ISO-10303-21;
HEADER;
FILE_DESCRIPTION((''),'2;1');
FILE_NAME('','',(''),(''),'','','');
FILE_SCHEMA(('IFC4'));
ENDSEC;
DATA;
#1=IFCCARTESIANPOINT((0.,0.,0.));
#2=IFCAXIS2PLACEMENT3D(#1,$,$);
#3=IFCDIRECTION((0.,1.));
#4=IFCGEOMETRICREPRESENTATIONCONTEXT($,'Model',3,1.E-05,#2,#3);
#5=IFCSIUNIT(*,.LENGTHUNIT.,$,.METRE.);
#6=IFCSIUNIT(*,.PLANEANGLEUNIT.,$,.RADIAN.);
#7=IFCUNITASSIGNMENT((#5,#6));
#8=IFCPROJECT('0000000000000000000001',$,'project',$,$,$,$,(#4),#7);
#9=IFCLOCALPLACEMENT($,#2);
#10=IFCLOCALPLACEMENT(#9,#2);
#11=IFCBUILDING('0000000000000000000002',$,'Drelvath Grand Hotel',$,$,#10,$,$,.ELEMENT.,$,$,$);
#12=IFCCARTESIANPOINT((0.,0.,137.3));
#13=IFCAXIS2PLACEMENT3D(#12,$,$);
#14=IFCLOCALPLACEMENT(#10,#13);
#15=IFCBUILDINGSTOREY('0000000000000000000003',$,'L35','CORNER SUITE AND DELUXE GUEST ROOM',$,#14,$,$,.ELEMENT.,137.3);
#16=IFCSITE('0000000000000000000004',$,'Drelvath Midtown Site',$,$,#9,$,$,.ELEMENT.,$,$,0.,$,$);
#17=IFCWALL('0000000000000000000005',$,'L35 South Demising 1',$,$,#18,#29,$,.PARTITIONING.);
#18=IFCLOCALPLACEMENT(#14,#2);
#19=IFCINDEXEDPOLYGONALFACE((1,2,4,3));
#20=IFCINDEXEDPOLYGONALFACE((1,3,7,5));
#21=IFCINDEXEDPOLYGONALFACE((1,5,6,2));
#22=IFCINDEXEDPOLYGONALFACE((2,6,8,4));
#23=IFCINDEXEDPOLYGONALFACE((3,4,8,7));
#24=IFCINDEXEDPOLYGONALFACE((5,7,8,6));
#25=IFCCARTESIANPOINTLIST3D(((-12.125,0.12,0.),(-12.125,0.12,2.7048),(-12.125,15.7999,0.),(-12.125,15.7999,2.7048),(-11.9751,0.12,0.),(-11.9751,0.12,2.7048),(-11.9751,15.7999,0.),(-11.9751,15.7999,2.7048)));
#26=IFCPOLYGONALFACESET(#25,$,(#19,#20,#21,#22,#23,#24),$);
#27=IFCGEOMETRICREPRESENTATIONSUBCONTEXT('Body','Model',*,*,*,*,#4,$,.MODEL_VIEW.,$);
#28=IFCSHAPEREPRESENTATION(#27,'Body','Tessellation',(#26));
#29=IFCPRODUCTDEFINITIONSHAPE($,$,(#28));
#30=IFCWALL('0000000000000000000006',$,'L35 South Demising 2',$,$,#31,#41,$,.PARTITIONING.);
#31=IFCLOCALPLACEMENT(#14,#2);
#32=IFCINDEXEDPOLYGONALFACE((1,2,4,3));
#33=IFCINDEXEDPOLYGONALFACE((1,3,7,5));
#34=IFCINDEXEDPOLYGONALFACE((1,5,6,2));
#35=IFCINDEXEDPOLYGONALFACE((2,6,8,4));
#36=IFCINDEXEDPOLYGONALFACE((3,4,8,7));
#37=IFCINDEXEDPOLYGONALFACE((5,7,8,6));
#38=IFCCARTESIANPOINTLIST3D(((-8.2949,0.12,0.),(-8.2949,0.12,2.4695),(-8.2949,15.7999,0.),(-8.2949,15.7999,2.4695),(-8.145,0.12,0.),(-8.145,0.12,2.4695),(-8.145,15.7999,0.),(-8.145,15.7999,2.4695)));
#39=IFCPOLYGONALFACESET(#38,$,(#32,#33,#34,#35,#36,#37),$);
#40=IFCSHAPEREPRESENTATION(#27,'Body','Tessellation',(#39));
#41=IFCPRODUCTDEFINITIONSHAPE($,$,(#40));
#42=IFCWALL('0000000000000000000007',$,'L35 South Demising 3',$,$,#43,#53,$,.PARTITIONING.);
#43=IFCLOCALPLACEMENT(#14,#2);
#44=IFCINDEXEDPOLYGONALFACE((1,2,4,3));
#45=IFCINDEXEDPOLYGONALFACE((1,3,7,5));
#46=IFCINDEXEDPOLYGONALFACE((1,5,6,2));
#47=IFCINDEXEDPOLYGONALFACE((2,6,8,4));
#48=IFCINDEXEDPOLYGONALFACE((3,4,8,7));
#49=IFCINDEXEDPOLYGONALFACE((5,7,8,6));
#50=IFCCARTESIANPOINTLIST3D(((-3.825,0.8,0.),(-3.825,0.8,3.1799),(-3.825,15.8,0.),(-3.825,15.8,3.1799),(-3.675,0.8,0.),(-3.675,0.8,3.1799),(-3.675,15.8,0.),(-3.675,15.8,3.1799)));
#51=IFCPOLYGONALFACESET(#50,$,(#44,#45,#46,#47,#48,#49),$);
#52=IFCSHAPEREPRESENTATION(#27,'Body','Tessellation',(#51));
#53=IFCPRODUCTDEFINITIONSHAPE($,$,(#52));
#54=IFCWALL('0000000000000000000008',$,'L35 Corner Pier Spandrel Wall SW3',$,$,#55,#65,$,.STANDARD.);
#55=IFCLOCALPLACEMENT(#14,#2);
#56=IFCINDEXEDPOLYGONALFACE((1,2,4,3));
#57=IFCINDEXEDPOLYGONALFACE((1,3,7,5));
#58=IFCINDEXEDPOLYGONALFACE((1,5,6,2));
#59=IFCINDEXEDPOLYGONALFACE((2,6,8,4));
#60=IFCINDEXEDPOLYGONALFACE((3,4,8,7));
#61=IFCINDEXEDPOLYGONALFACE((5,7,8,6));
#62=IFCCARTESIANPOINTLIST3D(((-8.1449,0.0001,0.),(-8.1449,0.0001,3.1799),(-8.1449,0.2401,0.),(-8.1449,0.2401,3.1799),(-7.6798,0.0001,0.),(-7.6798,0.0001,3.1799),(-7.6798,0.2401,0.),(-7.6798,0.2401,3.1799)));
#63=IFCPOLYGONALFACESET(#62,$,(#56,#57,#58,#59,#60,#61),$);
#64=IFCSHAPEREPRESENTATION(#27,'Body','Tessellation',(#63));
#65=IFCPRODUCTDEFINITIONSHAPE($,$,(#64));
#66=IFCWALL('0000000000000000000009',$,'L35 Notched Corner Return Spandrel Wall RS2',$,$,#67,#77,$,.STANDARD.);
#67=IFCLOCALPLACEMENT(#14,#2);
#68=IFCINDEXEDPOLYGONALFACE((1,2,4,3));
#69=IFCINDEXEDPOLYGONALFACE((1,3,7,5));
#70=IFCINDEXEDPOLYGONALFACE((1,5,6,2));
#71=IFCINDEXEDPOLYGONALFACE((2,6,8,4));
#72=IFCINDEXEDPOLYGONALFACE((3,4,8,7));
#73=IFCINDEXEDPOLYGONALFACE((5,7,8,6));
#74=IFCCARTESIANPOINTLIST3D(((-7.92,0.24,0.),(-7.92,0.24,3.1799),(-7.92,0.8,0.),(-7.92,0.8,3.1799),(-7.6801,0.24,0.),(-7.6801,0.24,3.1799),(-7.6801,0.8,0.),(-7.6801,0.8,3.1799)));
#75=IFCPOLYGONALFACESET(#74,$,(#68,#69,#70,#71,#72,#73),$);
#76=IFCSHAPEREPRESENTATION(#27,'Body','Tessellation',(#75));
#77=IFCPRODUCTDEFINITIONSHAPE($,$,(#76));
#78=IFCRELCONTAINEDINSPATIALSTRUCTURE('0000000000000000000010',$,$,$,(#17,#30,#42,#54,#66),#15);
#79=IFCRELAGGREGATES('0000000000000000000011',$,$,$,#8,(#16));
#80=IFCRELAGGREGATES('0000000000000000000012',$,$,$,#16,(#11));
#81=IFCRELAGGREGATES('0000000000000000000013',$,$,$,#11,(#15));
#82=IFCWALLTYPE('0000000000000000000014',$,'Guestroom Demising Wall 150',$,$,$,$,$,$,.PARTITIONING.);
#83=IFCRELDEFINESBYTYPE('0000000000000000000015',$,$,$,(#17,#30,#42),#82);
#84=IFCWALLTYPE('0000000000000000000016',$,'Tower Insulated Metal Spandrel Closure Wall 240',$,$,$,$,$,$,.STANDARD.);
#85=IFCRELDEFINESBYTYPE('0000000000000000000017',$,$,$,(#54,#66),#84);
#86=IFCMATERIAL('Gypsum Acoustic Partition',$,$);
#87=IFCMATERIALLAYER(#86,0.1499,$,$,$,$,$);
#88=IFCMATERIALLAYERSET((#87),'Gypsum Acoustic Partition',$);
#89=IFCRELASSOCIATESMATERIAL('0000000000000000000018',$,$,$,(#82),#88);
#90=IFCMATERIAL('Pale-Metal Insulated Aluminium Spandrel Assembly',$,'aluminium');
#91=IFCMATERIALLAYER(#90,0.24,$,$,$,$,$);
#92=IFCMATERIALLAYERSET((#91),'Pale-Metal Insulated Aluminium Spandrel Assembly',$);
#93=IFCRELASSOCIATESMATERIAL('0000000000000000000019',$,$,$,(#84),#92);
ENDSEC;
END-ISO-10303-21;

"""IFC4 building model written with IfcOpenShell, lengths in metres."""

from ifc_helpers import new_model, si_unit, direction, frame, frame_2d, origin, place, context, subcontext, project, spatial, rectangle, extrude, material, layer, layer_set, type_object, element, save


model = new_model("IFC4")

# Units and contexts
model_context = context("Model", 3, precision=1e-05, world=origin(), true_north=direction((0.0, 1.0)))
body_context = subcontext(model_context, "Body", "Model", "MODEL_VIEW")
ifc_project = project(units=[si_unit("LENGTHUNIT", "METRE"), si_unit("PLANEANGLEUNIT", "RADIAN")], contexts=[model_context])

# Site, building, storey
site_placement = place(None, origin())
site = spatial("IfcSite", under=ifc_project, at=site_placement, Name="Drelvath Midtown Site", CompositionType="ELEMENT", RefElevation=0.0)
building_placement = place(site_placement, origin())
building = spatial("IfcBuilding", under=site, at=building_placement, Name="Drelvath Grand Hotel", CompositionType="ELEMENT")
storey_placement = place(building_placement, frame((0.0, 0.0, 137.3)))
storey = spatial("IfcBuildingStorey", under=building, at=storey_placement, Name="L35", Description="CORNER SUITE AND DELUXE GUEST ROOM", CompositionType="ELEMENT", Elevation=137.3)

# Walls
ifc_material_1 = material(Name="Gypsum Acoustic Partition")
ifc_layer_1 = layer(ifc_material_1, 0.1499)
ifc_layer_set_1 = layer_set([ifc_layer_1], Name="Gypsum Acoustic Partition")
wall_type_1 = type_object("IfcWallType", Name="Guestroom Demising Wall 150", PredefinedType="PARTITIONING", material=ifc_layer_set_1)
wall_1_placement = place(storey_placement, frame((-12.05, 0.1201, 0.0), z_axis=(0.0, 0.0, 1.0), x_axis=(0.0, 1.0, 0.0)))
element("IfcWall", 1, at=wall_1_placement, inside=storey, type_object=wall_type_1, Name="L35 South Demising 1", PredefinedType="PARTITIONING", context=body_context, shape_type="SweptSolid", body=[
    extrude(rectangle(XDim=15.6799, YDim=0.1499, at=frame_2d((7.8398, 0.0))), origin(), (0.0, 0.0, 1.0), 2.7048),
])
wall_2_placement = place(storey_placement, frame((-8.22, 0.1201, 0.0), z_axis=(0.0, 0.0, 1.0), x_axis=(0.0, 1.0, 0.0)))
element("IfcWall", 2, at=wall_2_placement, inside=storey, type_object=wall_type_1, Name="L35 South Demising 2", PredefinedType="PARTITIONING", context=body_context, shape_type="SweptSolid", body=[
    extrude(rectangle(XDim=15.6799, YDim=0.1499, at=frame_2d((7.8398, 0.0))), origin(), (0.0, 0.0, 1.0), 2.4695),
])
wall_3_placement = place(storey_placement, frame((-3.75, 0.8, 0.0), z_axis=(0.0, 0.0, 1.0), x_axis=(0.0, 1.0, 0.0)))
element("IfcWall", 3, at=wall_3_placement, inside=storey, type_object=wall_type_1, Name="L35 South Demising 3", PredefinedType="PARTITIONING", context=body_context, shape_type="SweptSolid", body=[
    extrude(rectangle(XDim=15.0, YDim=0.1499, at=frame_2d((7.5, 0.0))), origin(), (0.0, 0.0, 1.0), 3.1799),
])
ifc_material_2 = material(Name="Pale-Metal Insulated Aluminium Spandrel Assembly", Category="aluminium")
ifc_layer_2 = layer(ifc_material_2, 0.24)
ifc_layer_set_2 = layer_set([ifc_layer_2], Name="Pale-Metal Insulated Aluminium Spandrel Assembly")
wall_type_2 = type_object("IfcWallType", Name="Tower Insulated Metal Spandrel Closure Wall 240", PredefinedType="STANDARD", material=ifc_layer_set_2)
wall_4_placement = place(storey_placement, frame((-7.6799, 0.1201, 0.0), z_axis=(0.0, 0.0, 1.0), x_axis=(-1.0, 0.0, 0.0)))
element("IfcWall", 4, at=wall_4_placement, inside=storey, type_object=wall_type_2, Name="L35 Corner Pier Spandrel Wall SW3", PredefinedType="STANDARD", context=body_context, shape_type="SweptSolid", body=[
    extrude(rectangle(XDim=0.4651, YDim=0.24, at=frame_2d((0.2324, 0.0))), origin(), (0.0, 0.0, 1.0), 3.1799),
])
wall_5_placement = place(storey_placement, frame((-7.8, 0.8, 0.0), z_axis=(0.0, 0.0, 1.0), x_axis=(0.0, -1.0, 0.0)))
element("IfcWall", 5, at=wall_5_placement, inside=storey, type_object=wall_type_2, Name="L35 Notched Corner Return Spandrel Wall RS2", PredefinedType="STANDARD", context=body_context, shape_type="SweptSolid", body=[
    extrude(rectangle(XDim=0.5601, YDim=0.24, at=frame_2d((0.28, 0.0))), origin(), (0.0, 0.0, 1.0), 3.1799),
])

save(model, "model.ifc")
